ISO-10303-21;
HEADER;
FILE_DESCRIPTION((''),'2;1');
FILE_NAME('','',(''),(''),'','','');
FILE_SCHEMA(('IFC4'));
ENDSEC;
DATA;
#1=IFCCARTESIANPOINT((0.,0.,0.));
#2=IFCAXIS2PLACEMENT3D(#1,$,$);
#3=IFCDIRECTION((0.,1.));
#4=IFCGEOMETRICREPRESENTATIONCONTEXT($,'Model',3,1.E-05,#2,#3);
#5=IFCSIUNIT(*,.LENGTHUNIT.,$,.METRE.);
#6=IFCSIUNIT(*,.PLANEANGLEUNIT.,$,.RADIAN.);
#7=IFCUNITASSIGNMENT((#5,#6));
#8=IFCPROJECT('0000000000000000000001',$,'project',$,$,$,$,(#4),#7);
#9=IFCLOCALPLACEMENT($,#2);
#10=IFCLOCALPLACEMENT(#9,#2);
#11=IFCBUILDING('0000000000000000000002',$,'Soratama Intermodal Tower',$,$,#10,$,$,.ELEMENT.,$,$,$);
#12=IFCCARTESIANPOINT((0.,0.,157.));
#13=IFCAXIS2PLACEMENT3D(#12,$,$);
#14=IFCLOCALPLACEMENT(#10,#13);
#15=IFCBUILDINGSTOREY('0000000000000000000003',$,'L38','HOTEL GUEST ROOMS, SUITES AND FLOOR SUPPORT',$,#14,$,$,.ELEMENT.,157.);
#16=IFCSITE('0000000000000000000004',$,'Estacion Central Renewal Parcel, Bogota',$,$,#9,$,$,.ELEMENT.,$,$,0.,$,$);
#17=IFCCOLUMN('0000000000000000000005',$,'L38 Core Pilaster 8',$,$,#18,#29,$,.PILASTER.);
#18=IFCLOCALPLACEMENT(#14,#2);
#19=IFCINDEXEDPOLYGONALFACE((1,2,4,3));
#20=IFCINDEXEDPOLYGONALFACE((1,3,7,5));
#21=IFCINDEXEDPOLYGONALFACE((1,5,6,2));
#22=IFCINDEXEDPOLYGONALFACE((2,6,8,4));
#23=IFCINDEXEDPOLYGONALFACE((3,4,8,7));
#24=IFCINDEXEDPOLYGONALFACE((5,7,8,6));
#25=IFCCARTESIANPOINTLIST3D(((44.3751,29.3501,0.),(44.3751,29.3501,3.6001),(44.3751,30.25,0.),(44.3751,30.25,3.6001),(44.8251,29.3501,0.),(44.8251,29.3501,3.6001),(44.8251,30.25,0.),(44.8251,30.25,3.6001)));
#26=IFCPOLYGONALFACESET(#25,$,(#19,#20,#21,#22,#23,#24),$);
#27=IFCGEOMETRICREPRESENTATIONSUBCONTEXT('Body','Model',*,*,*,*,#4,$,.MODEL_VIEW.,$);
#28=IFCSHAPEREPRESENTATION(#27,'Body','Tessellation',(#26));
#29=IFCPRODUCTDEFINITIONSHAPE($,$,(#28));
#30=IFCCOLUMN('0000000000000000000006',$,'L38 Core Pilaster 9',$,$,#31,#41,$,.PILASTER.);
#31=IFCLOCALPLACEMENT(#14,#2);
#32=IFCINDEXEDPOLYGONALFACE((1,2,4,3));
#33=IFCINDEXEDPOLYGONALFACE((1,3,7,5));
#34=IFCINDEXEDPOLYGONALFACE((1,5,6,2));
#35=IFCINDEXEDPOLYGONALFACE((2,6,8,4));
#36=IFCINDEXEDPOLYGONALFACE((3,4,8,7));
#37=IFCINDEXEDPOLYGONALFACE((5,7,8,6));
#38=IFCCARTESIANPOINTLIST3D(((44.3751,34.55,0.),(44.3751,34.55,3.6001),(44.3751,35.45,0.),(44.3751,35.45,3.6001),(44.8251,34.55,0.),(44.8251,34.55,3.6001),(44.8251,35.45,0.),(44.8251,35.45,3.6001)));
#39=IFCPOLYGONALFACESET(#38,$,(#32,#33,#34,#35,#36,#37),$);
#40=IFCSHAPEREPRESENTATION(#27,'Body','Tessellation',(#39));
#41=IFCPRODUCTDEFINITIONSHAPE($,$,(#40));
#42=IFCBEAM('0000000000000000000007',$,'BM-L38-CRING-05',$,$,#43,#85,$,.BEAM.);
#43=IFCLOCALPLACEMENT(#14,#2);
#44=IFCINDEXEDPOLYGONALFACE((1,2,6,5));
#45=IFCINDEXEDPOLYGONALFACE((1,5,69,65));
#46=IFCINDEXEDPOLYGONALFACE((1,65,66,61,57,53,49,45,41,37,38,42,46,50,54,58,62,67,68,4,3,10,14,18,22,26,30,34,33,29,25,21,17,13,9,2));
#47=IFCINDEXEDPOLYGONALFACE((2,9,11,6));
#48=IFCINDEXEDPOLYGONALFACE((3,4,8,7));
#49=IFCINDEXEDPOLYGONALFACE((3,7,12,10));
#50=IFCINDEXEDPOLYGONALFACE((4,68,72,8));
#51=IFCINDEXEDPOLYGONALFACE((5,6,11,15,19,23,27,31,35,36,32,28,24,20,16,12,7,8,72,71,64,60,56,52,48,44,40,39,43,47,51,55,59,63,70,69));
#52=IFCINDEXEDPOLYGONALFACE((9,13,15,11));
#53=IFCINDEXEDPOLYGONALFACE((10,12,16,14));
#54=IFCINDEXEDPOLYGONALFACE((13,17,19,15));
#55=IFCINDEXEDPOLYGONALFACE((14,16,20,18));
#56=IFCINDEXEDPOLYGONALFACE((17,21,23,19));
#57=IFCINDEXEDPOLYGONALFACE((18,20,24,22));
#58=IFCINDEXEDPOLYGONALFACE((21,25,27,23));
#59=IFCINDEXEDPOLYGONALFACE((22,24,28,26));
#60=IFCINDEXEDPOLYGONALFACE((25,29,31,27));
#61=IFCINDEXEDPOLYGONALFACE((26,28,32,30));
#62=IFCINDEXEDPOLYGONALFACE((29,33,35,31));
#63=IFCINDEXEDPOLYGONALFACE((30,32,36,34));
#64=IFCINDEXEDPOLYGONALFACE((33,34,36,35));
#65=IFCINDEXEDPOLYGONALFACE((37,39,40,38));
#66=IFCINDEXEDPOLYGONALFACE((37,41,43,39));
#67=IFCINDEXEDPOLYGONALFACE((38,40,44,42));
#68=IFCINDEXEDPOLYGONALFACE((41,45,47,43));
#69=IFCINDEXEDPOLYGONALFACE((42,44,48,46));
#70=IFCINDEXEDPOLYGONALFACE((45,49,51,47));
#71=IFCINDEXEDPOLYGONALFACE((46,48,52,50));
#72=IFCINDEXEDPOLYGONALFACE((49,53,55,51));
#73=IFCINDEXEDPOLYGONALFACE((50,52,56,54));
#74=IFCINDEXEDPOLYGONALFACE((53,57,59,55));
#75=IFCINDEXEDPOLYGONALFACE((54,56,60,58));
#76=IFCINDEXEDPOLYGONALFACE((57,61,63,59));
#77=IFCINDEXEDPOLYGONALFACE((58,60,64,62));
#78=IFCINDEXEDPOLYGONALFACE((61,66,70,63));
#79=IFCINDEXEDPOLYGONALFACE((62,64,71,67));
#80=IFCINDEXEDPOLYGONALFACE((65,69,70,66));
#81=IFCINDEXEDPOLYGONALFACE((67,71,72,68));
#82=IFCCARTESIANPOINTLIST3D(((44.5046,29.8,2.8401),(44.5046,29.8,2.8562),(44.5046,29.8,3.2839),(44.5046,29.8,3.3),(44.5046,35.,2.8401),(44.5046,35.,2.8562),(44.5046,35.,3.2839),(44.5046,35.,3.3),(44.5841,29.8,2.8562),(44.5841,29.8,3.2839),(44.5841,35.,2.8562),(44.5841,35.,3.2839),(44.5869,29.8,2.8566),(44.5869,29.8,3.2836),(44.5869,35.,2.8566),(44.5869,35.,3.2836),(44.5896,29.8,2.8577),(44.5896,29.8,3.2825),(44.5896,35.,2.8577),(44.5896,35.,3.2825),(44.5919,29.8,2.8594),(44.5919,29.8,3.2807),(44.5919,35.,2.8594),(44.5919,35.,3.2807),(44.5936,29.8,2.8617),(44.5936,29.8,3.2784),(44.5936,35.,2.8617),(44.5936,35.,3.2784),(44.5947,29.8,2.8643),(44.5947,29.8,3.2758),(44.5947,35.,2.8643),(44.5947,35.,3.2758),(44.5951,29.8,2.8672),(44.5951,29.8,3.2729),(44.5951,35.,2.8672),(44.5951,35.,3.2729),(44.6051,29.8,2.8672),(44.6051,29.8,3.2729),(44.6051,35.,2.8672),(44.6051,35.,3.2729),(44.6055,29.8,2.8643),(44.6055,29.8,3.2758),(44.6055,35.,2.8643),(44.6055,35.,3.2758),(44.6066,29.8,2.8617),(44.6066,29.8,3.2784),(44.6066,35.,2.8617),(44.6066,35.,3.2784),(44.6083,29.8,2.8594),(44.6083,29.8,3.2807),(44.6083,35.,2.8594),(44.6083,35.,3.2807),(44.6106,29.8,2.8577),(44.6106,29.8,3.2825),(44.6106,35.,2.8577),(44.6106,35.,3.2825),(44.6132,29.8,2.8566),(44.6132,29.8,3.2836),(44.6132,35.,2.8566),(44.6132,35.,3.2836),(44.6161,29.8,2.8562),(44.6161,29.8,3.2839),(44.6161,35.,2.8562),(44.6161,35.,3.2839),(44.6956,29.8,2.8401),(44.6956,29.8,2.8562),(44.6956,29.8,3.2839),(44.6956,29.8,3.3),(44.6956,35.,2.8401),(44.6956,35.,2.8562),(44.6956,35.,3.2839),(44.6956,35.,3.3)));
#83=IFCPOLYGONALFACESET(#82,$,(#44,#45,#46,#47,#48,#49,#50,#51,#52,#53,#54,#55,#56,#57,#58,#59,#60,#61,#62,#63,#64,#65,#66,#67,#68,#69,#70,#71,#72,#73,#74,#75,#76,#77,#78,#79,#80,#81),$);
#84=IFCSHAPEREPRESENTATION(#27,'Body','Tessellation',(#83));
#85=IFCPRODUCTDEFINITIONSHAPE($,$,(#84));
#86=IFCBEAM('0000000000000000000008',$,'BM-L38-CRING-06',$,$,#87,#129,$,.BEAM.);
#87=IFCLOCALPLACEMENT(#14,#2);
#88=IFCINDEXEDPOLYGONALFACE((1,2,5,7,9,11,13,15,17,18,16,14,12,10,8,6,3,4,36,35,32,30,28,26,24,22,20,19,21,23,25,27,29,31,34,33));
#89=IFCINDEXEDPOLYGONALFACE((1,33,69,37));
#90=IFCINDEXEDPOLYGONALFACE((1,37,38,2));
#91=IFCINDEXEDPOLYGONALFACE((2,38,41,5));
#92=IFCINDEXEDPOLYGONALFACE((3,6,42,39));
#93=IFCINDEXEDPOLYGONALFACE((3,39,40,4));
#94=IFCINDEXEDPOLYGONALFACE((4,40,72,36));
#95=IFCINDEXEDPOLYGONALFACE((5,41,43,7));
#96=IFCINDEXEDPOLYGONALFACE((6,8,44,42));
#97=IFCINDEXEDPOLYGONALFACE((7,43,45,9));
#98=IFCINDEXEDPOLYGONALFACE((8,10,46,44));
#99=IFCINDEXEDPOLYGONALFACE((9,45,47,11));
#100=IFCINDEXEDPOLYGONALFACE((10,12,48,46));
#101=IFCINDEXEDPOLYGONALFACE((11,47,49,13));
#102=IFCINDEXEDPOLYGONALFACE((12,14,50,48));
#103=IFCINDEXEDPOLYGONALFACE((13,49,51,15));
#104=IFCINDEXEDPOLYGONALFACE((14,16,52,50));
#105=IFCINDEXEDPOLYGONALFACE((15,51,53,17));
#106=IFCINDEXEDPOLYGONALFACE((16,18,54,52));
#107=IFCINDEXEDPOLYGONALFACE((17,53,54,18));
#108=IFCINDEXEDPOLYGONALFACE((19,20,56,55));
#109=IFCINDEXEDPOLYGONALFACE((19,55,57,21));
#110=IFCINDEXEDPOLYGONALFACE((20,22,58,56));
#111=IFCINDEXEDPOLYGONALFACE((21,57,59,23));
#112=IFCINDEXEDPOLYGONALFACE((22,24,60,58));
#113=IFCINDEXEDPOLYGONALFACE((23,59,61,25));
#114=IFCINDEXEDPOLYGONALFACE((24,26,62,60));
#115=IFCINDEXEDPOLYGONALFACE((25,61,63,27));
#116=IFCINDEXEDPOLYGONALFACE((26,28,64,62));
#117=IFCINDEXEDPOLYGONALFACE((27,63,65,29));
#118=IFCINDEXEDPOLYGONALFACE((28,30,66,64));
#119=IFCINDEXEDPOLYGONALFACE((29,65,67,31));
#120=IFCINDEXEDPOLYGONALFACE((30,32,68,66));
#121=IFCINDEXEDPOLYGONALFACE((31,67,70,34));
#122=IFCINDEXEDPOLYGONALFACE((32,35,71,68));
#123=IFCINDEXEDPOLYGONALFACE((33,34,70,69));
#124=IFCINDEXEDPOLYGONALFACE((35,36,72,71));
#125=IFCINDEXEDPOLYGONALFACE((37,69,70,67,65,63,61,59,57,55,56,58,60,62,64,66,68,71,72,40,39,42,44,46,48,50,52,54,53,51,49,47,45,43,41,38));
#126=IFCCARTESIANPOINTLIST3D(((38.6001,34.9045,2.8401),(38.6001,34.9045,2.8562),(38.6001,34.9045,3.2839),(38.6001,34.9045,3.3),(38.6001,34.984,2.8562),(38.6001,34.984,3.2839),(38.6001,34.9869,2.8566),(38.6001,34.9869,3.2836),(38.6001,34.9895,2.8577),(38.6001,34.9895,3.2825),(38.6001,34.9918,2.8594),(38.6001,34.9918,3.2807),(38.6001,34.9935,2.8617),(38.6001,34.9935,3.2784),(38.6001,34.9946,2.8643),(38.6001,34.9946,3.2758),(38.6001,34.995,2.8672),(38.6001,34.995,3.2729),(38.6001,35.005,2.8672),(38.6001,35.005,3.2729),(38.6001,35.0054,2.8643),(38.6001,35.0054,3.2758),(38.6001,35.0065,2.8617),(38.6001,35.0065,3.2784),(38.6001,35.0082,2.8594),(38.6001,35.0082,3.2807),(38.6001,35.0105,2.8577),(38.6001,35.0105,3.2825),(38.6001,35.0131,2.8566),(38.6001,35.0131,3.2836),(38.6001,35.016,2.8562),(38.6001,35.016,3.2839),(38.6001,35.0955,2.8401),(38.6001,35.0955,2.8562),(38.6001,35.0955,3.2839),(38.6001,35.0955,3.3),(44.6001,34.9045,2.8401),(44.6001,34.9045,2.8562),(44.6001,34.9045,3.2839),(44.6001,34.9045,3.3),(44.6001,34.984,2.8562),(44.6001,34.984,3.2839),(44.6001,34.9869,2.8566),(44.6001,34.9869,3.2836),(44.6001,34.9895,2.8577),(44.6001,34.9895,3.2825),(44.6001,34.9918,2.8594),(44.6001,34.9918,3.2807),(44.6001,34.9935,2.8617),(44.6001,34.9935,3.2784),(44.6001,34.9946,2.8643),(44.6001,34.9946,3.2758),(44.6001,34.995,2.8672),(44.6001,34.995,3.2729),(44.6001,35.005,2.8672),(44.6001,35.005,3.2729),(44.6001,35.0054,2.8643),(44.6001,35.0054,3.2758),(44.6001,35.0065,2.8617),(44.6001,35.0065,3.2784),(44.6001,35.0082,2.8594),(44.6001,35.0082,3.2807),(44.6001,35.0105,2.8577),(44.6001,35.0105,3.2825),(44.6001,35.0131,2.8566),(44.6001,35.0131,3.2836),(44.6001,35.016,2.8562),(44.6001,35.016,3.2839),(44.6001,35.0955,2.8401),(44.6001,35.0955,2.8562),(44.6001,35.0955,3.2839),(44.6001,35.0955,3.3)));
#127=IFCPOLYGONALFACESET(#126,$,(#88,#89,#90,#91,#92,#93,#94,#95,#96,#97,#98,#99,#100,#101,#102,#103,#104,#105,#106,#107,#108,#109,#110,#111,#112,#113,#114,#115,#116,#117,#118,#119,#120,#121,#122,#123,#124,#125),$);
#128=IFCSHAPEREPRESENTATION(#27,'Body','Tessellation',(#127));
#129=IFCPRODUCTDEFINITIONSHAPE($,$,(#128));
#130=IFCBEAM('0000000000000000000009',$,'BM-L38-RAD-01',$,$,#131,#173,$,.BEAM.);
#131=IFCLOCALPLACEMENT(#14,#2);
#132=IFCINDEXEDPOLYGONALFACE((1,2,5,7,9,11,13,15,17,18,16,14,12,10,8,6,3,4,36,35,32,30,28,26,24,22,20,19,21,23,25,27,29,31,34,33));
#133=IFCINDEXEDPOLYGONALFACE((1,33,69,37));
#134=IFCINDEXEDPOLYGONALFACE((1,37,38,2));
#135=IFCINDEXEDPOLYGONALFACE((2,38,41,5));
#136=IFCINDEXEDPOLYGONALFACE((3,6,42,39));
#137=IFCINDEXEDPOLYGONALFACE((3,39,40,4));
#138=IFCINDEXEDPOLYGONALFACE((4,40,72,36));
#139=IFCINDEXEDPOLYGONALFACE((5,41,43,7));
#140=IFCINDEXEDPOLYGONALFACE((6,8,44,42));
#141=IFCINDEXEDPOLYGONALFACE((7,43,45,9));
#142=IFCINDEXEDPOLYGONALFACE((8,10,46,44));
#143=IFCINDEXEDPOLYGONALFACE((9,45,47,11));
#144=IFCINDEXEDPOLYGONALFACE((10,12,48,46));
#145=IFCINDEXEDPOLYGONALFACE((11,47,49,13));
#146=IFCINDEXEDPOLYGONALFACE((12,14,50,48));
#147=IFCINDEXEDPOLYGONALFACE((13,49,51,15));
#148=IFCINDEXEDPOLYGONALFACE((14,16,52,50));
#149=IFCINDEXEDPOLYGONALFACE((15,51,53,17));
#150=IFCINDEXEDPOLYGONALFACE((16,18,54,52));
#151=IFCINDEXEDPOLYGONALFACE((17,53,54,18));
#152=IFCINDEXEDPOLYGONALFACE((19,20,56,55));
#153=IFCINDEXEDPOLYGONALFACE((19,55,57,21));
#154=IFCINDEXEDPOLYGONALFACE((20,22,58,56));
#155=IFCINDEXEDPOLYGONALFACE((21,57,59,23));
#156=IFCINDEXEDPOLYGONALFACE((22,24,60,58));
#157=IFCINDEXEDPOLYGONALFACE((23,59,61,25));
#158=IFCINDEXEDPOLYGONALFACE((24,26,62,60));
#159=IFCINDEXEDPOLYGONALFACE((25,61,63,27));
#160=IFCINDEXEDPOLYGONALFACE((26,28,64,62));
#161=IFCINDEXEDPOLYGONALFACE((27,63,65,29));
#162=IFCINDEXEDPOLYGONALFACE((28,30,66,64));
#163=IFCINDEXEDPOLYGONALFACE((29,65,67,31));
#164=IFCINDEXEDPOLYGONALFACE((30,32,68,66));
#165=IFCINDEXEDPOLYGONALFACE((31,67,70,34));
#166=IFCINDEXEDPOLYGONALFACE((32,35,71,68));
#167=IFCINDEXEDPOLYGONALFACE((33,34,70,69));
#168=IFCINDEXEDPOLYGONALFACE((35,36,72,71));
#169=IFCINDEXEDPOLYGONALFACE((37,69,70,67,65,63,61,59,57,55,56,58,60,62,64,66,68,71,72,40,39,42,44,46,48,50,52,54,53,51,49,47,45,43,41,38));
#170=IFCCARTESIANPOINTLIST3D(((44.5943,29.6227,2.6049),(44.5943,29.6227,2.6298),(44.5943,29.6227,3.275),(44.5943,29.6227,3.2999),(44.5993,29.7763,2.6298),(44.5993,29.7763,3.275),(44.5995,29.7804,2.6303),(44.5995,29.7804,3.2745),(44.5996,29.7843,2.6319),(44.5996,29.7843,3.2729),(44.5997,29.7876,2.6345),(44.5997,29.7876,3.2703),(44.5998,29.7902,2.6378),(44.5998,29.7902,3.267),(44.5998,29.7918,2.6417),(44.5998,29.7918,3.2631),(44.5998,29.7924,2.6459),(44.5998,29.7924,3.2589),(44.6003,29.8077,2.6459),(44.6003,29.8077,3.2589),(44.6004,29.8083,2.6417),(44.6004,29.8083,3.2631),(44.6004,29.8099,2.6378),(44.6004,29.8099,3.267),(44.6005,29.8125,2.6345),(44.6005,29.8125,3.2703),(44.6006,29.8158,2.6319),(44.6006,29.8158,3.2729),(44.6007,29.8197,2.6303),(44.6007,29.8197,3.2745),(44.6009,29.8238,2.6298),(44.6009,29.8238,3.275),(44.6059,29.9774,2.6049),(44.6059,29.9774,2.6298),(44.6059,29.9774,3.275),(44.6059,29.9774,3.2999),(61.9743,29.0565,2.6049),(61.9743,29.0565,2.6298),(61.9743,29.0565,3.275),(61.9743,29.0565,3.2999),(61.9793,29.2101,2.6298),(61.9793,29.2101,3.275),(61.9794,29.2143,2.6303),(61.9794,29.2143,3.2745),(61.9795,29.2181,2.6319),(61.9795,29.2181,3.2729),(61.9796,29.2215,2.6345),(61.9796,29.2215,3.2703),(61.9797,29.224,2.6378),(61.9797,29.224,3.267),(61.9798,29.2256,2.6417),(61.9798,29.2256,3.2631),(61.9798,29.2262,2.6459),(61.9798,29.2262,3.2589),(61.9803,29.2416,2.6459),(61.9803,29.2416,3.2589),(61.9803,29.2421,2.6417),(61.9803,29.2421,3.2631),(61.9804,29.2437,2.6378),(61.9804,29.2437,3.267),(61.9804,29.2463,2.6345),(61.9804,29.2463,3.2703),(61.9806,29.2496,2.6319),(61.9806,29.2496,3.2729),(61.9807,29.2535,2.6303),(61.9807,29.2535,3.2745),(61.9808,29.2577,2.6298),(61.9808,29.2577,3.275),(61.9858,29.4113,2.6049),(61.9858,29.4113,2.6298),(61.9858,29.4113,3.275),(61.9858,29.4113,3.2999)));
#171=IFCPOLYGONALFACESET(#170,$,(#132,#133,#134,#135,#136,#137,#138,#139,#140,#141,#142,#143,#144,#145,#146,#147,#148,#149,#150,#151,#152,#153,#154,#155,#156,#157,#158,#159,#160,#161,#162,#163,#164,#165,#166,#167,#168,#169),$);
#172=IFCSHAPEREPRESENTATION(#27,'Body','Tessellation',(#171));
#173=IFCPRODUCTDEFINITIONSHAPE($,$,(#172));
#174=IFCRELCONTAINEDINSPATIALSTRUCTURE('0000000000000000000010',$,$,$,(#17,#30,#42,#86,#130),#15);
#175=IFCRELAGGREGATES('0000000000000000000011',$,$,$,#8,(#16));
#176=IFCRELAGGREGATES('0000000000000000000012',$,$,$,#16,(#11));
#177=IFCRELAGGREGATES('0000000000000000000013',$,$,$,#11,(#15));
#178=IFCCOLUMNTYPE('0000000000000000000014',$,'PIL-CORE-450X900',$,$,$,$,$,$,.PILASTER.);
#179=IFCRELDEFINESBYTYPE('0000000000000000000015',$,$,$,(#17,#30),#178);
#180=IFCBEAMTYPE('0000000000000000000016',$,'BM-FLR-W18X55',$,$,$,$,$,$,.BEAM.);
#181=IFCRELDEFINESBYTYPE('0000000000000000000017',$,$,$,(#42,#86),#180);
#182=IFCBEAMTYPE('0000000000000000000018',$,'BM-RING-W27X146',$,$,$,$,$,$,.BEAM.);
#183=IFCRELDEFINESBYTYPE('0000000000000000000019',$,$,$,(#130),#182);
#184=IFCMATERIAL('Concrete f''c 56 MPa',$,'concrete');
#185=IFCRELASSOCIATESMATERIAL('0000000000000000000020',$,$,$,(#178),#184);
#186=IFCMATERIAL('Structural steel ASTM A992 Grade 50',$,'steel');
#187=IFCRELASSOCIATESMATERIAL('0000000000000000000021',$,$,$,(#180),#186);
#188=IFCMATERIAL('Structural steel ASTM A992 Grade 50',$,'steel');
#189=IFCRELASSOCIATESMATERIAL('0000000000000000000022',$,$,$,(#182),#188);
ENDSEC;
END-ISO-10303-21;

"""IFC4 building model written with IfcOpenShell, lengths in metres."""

from ifc_helpers import new_model, si_unit, direction, frame, origin, origin_2d, place, context, subcontext, project, spatial, rectangle, i_section, extrude, material, material_profile, profile_set, type_object, element, save


model = new_model("IFC4")

# Units and contexts
model_context = context("Model", 3, precision=1e-05, world=origin(), true_north=direction((0.0, 1.0)))
body_context = subcontext(model_context, "Body", "Model", "MODEL_VIEW")
ifc_project = project(units=[si_unit("LENGTHUNIT", "METRE"), si_unit("PLANEANGLEUNIT", "RADIAN")], contexts=[model_context])

# Site, building, storey
site_placement = place(None, origin())
site = spatial("IfcSite", under=ifc_project, at=site_placement, Name="Estacion Central Renewal Parcel, Bogota", CompositionType="ELEMENT", RefElevation=0.0)
building_placement = place(site_placement, origin())
building = spatial("IfcBuilding", under=site, at=building_placement, Name="Soratama Intermodal Tower", CompositionType="ELEMENT")
storey_placement = place(building_placement, frame((0.0, 0.0, 157.0)))
storey = spatial("IfcBuildingStorey", under=building, at=storey_placement, Name="L38", Description="HOTEL GUEST ROOMS, SUITES AND FLOOR SUPPORT", CompositionType="ELEMENT", Elevation=157.0)

# Columns
ifc_material_1 = material(Name="Concrete f'c 56 MPa", Category="concrete")
ifc_material_profile_1 = material_profile(ifc_material_1, rectangle(XDim=0.45, YDim=0.8999, at=origin_2d()), Name="RC450X900")
ifc_profile_set_1 = profile_set([ifc_material_profile_1], Name="Concrete f'c 56 MPa")
column_type = type_object("IfcColumnType", Name="PIL-CORE-450X900", PredefinedType="PILASTER", material=ifc_profile_set_1)
for number, where, z_axis, x_axis, name in (
    (1, (44.6001, 29.8, 0.0), (0.0, 0.0, 1.0), (1.0, 0.0, 0.0), "L38 Core Pilaster 8"),
    (2, (44.6001, 35.0, 0.0), (0.0, 0.0, 1.0), (1.0, 0.0, 0.0), "L38 Core Pilaster 9"),
):
    element("IfcColumn", number, at=place(storey_placement, frame(where, z_axis=z_axis, x_axis=x_axis)), inside=storey, type_object=column_type, Name=name, PredefinedType="PILASTER", context=body_context, shape_type="SweptSolid", body=[
        extrude(rectangle(XDim=0.45, YDim=0.8999, at=origin_2d()), origin(), (0.0, 0.0, 1.0), 3.6001),
    ])

# Beams
ifc_material_2 = material(Name="Structural steel ASTM A992 Grade 50", Category="steel")
ifc_material_profile_2 = material_profile(ifc_material_2, i_section(OverallWidth=0.1909, OverallDepth=0.46, WebThickness=0.01, FlangeThickness=0.0161, FilletRadius=0.011, at=origin_2d()), Name="W18X55")
ifc_profile_set_2 = profile_set([ifc_material_profile_2], Name="Structural steel ASTM A992 Grade 50")
beam_type_1 = type_object("IfcBeamType", Name="BM-FLR-W18X55", PredefinedType="BEAM", material=ifc_profile_set_2)
beam_1_placement = place(storey_placement, frame((44.6001, 29.8, 3.0701), z_axis=(0.0, 1.0, 0.0), x_axis=(-1.0, 0.0, 0.0)))
element("IfcBeam", 3, at=beam_1_placement, inside=storey, type_object=beam_type_1, Name="BM-L38-CRING-05", PredefinedType="BEAM", context=body_context, shape_type="SweptSolid", body=[
    extrude(i_section(OverallWidth=0.1909, OverallDepth=0.46, WebThickness=0.01, FlangeThickness=0.0161, FilletRadius=0.011, at=origin_2d()), origin(), (0.0, 0.0, 1.0), 5.2),
])
beam_2_placement = place(storey_placement, frame((44.6001, 35.0, 3.0701), z_axis=(-1.0, 0.0, 0.0), x_axis=(0.0, -1.0, 0.0)))
element("IfcBeam", 4, at=beam_2_placement, inside=storey, type_object=beam_type_1, Name="BM-L38-CRING-06", PredefinedType="BEAM", context=body_context, shape_type="SweptSolid", body=[
    extrude(i_section(OverallWidth=0.1909, OverallDepth=0.46, WebThickness=0.01, FlangeThickness=0.0161, FilletRadius=0.011, at=origin_2d()), origin(), (0.0, 0.0, 1.0), 6.0),
])
ifc_material_3 = material(Name="Structural steel ASTM A992 Grade 50", Category="steel")
ifc_material_profile_3 = material_profile(ifc_material_3, i_section(OverallWidth=0.355, OverallDepth=0.6951, WebThickness=0.0154, FlangeThickness=0.0249, FilletRadius=0.0161, at=origin_2d()), Name="W27X146")
ifc_profile_set_3 = profile_set([ifc_material_profile_3], Name="Structural steel ASTM A992 Grade 50")
beam_type_2 = type_object("IfcBeamType", Name="BM-RING-W27X146", PredefinedType="BEAM", material=ifc_profile_set_3)
beam_3_placement = place(storey_placement, frame((44.6001, 29.8, 2.9524), z_axis=(0.99947, -0.032558, 0.0), x_axis=(0.032558, 0.99947, 0.0)))
element("IfcBeam", 5, at=beam_3_placement, inside=storey, type_object=beam_type_2, Name="BM-L38-RAD-01", PredefinedType="BEAM", context=body_context, shape_type="SweptSolid", body=[
    extrude(i_section(OverallWidth=0.355, OverallDepth=0.6951, WebThickness=0.0154, FlangeThickness=0.0249, FilletRadius=0.0161, at=origin_2d()), origin(), (0.0, 0.0, 1.0), 17.3892),
])

save(model, "model.ifc")
